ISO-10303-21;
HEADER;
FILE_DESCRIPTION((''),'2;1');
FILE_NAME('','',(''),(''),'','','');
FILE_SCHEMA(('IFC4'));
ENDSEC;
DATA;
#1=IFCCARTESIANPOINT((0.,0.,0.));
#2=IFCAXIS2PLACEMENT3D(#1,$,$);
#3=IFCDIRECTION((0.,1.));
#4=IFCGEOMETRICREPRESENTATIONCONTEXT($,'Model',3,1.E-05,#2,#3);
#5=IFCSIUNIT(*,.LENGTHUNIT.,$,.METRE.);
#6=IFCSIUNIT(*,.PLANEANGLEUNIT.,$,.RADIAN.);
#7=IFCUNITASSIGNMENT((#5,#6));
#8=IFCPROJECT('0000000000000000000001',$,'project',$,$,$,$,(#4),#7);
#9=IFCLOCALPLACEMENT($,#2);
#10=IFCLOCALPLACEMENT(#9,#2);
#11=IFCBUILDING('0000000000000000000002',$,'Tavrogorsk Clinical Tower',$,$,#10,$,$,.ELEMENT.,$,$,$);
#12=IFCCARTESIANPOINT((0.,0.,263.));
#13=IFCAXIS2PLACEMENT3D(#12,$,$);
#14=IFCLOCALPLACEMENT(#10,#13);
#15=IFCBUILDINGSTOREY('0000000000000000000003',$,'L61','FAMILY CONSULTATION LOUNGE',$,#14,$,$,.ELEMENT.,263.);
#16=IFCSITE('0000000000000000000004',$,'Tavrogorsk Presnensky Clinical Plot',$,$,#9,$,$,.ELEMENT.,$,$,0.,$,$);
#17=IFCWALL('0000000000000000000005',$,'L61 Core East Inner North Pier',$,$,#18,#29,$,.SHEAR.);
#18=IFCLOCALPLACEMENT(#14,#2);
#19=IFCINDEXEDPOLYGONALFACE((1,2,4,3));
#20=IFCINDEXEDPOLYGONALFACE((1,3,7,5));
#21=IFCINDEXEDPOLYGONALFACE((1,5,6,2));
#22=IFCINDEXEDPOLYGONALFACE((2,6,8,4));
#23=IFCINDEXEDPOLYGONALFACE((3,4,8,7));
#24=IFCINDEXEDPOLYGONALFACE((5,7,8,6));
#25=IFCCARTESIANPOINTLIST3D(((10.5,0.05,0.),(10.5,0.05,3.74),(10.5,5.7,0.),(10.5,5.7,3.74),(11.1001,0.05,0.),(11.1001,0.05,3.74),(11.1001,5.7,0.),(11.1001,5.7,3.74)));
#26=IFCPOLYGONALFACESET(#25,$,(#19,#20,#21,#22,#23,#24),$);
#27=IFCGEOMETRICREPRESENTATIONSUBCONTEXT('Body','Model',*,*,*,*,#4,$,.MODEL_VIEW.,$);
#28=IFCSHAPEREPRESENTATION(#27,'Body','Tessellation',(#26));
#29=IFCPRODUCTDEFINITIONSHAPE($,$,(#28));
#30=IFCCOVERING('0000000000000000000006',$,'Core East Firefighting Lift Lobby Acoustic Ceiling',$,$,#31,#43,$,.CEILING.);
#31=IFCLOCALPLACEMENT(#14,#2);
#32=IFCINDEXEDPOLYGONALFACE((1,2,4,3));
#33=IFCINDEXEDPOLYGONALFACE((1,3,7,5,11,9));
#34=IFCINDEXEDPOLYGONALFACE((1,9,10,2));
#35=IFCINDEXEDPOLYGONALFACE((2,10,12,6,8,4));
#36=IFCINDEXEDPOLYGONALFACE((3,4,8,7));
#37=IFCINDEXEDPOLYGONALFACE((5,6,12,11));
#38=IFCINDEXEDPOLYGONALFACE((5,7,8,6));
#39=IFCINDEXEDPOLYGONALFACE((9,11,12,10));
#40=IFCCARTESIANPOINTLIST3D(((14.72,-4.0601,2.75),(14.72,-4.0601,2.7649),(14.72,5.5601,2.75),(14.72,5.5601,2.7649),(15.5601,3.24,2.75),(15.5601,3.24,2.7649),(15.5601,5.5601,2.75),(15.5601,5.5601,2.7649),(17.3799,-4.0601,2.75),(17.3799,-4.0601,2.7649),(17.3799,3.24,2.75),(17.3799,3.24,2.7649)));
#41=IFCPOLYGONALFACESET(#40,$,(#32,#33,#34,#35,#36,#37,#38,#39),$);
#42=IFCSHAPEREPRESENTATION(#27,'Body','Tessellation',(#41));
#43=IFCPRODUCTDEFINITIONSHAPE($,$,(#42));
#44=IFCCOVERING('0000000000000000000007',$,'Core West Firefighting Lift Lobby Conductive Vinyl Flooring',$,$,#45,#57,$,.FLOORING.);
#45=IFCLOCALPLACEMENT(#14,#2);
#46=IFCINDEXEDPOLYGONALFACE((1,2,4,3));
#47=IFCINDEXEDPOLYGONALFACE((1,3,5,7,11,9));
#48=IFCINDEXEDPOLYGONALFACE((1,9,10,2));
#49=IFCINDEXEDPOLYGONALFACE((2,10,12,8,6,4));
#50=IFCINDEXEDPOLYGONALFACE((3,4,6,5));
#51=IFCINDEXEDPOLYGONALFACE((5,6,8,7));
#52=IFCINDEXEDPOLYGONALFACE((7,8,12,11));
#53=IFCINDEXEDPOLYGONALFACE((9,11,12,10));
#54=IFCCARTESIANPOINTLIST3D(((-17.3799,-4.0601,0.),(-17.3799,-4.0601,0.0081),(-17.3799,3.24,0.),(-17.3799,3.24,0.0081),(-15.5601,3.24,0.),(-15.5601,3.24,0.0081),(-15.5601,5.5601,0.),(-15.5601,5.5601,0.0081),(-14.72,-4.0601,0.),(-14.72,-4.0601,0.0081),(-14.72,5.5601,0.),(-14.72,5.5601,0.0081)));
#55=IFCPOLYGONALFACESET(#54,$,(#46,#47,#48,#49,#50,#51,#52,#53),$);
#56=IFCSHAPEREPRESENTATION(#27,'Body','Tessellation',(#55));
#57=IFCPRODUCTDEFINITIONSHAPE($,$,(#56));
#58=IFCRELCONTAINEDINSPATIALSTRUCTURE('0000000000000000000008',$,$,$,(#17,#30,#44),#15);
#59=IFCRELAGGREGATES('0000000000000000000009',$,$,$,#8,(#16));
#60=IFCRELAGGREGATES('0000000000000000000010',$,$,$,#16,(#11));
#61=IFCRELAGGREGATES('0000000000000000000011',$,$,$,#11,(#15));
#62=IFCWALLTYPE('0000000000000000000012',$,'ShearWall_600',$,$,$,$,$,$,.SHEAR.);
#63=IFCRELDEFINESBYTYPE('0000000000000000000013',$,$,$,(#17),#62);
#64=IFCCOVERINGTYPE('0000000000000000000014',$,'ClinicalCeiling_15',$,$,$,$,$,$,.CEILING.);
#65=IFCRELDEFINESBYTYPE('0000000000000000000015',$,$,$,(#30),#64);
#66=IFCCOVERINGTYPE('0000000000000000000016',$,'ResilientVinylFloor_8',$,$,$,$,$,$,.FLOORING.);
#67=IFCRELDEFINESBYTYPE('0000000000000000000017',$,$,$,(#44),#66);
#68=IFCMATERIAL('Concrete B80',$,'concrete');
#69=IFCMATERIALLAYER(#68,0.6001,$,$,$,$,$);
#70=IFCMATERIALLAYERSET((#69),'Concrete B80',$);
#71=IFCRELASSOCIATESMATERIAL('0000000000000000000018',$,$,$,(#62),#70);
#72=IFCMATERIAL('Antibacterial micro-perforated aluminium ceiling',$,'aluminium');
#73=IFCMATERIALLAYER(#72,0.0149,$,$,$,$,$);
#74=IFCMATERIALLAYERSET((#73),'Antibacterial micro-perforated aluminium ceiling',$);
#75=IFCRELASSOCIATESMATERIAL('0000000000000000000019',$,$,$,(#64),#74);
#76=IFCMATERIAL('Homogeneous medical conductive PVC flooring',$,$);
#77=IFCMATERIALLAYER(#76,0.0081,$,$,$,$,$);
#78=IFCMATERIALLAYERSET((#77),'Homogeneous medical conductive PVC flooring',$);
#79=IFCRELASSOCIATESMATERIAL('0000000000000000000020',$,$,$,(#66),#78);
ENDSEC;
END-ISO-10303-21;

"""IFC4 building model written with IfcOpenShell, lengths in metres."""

from ifc_helpers import new_model, si_unit, direction, frame, frame_2d, origin, place, context, subcontext, project, spatial, polyline, rectangle, outline, extrude, material, layer, layer_set, type_object, element, save


model = new_model("IFC4")

# Units and contexts
model_context = context("Model", 3, precision=1e-05, world=origin(), true_north=direction((0.0, 1.0)))
body_context = subcontext(model_context, "Body", "Model", "MODEL_VIEW")
ifc_project = project(units=[si_unit("LENGTHUNIT", "METRE"), si_unit("PLANEANGLEUNIT", "RADIAN")], contexts=[model_context])

# Site, building, storey
site_placement = place(None, origin())
site = spatial("IfcSite", under=ifc_project, at=site_placement, Name="Tavrogorsk Presnensky Clinical Plot", CompositionType="ELEMENT", RefElevation=0.0)
building_placement = place(site_placement, origin())
building = spatial("IfcBuilding", under=site, at=building_placement, Name="Tavrogorsk Clinical Tower", CompositionType="ELEMENT")
storey_placement = place(building_placement, frame((0.0, 0.0, 263.0)))
storey = spatial("IfcBuildingStorey", under=building, at=storey_placement, Name="L61", Description="FAMILY CONSULTATION LOUNGE", CompositionType="ELEMENT", Elevation=263.0)

# Wall
ifc_material_1 = material(Name="Concrete B80", Category="concrete")
ifc_layer_1 = layer(ifc_material_1, 0.6001)
ifc_layer_set_1 = layer_set([ifc_layer_1], Name="Concrete B80")
wall_type_1 = type_object("IfcWallType", Name="ShearWall_600", PredefinedType="SHEAR", material=ifc_layer_set_1)
wall_1_placement = place(storey_placement, frame((10.8, 0.05, 0.0), z_axis=(0.0, 0.0, 1.0), x_axis=(0.0, 1.0, 0.0)))
element("IfcWall", 1, at=wall_1_placement, inside=storey, type_object=wall_type_1, Name="L61 Core East Inner North Pier", PredefinedType="SHEAR", context=body_context, shape_type="SweptSolid", body=[
    extrude(rectangle(XDim=5.6499, YDim=0.6001, at=frame_2d((2.825, 0.0))), origin(), (0.0, 0.0, 1.0), 3.74),
])

# Coverings
ifc_material_2 = material(Name="Antibacterial micro-perforated aluminium ceiling", Category="aluminium")
ifc_layer_2 = layer(ifc_material_2, 0.0149)
ifc_layer_set_2 = layer_set([ifc_layer_2], Name="Antibacterial micro-perforated aluminium ceiling")
covering_type_1 = type_object("IfcCoveringType", Name="ClinicalCeiling_15", PredefinedType="CEILING", material=ifc_layer_set_2)
covering_1_placement = place(storey_placement, frame((0.0, 0.0, 2.75)))
element("IfcCovering", 2, at=covering_1_placement, inside=storey, type_object=covering_type_1, Name="Core East Firefighting Lift Lobby Acoustic Ceiling", PredefinedType="CEILING", context=body_context, shape_type="SweptSolid", body=[
    extrude(outline(polyline([(17.3799, -4.0601), (14.72, -4.0601), (14.72, 5.5601), (15.5601, 5.5601), (15.5601, 3.24), (17.3799, 3.24), (17.3799, -4.0601)])), origin(), (0.0, 0.0, 1.0), 0.0149),
])
ifc_material_3 = material(Name="Homogeneous medical conductive PVC flooring")
ifc_layer_3 = layer(ifc_material_3, 0.0081)
ifc_layer_set_3 = layer_set([ifc_layer_3], Name="Homogeneous medical conductive PVC flooring")
covering_type_2 = type_object("IfcCoveringType", Name="ResilientVinylFloor_8", PredefinedType="FLOORING", material=ifc_layer_set_3)
covering_2_placement = place(storey_placement, origin())
element("IfcCovering", 3, at=covering_2_placement, inside=storey, type_object=covering_type_2, Name="Core West Firefighting Lift Lobby Conductive Vinyl Flooring", PredefinedType="FLOORING", context=body_context, shape_type="SweptSolid", body=[
    extrude(outline(polyline([(-14.72, 5.5601), (-14.72, -4.0601), (-17.3799, -4.0601), (-17.3799, 3.24), (-15.5601, 3.24), (-15.5601, 5.5601), (-14.72, 5.5601)])), origin(), (0.0, 0.0, 1.0), 0.0081),
])

save(model, "model.ifc")
